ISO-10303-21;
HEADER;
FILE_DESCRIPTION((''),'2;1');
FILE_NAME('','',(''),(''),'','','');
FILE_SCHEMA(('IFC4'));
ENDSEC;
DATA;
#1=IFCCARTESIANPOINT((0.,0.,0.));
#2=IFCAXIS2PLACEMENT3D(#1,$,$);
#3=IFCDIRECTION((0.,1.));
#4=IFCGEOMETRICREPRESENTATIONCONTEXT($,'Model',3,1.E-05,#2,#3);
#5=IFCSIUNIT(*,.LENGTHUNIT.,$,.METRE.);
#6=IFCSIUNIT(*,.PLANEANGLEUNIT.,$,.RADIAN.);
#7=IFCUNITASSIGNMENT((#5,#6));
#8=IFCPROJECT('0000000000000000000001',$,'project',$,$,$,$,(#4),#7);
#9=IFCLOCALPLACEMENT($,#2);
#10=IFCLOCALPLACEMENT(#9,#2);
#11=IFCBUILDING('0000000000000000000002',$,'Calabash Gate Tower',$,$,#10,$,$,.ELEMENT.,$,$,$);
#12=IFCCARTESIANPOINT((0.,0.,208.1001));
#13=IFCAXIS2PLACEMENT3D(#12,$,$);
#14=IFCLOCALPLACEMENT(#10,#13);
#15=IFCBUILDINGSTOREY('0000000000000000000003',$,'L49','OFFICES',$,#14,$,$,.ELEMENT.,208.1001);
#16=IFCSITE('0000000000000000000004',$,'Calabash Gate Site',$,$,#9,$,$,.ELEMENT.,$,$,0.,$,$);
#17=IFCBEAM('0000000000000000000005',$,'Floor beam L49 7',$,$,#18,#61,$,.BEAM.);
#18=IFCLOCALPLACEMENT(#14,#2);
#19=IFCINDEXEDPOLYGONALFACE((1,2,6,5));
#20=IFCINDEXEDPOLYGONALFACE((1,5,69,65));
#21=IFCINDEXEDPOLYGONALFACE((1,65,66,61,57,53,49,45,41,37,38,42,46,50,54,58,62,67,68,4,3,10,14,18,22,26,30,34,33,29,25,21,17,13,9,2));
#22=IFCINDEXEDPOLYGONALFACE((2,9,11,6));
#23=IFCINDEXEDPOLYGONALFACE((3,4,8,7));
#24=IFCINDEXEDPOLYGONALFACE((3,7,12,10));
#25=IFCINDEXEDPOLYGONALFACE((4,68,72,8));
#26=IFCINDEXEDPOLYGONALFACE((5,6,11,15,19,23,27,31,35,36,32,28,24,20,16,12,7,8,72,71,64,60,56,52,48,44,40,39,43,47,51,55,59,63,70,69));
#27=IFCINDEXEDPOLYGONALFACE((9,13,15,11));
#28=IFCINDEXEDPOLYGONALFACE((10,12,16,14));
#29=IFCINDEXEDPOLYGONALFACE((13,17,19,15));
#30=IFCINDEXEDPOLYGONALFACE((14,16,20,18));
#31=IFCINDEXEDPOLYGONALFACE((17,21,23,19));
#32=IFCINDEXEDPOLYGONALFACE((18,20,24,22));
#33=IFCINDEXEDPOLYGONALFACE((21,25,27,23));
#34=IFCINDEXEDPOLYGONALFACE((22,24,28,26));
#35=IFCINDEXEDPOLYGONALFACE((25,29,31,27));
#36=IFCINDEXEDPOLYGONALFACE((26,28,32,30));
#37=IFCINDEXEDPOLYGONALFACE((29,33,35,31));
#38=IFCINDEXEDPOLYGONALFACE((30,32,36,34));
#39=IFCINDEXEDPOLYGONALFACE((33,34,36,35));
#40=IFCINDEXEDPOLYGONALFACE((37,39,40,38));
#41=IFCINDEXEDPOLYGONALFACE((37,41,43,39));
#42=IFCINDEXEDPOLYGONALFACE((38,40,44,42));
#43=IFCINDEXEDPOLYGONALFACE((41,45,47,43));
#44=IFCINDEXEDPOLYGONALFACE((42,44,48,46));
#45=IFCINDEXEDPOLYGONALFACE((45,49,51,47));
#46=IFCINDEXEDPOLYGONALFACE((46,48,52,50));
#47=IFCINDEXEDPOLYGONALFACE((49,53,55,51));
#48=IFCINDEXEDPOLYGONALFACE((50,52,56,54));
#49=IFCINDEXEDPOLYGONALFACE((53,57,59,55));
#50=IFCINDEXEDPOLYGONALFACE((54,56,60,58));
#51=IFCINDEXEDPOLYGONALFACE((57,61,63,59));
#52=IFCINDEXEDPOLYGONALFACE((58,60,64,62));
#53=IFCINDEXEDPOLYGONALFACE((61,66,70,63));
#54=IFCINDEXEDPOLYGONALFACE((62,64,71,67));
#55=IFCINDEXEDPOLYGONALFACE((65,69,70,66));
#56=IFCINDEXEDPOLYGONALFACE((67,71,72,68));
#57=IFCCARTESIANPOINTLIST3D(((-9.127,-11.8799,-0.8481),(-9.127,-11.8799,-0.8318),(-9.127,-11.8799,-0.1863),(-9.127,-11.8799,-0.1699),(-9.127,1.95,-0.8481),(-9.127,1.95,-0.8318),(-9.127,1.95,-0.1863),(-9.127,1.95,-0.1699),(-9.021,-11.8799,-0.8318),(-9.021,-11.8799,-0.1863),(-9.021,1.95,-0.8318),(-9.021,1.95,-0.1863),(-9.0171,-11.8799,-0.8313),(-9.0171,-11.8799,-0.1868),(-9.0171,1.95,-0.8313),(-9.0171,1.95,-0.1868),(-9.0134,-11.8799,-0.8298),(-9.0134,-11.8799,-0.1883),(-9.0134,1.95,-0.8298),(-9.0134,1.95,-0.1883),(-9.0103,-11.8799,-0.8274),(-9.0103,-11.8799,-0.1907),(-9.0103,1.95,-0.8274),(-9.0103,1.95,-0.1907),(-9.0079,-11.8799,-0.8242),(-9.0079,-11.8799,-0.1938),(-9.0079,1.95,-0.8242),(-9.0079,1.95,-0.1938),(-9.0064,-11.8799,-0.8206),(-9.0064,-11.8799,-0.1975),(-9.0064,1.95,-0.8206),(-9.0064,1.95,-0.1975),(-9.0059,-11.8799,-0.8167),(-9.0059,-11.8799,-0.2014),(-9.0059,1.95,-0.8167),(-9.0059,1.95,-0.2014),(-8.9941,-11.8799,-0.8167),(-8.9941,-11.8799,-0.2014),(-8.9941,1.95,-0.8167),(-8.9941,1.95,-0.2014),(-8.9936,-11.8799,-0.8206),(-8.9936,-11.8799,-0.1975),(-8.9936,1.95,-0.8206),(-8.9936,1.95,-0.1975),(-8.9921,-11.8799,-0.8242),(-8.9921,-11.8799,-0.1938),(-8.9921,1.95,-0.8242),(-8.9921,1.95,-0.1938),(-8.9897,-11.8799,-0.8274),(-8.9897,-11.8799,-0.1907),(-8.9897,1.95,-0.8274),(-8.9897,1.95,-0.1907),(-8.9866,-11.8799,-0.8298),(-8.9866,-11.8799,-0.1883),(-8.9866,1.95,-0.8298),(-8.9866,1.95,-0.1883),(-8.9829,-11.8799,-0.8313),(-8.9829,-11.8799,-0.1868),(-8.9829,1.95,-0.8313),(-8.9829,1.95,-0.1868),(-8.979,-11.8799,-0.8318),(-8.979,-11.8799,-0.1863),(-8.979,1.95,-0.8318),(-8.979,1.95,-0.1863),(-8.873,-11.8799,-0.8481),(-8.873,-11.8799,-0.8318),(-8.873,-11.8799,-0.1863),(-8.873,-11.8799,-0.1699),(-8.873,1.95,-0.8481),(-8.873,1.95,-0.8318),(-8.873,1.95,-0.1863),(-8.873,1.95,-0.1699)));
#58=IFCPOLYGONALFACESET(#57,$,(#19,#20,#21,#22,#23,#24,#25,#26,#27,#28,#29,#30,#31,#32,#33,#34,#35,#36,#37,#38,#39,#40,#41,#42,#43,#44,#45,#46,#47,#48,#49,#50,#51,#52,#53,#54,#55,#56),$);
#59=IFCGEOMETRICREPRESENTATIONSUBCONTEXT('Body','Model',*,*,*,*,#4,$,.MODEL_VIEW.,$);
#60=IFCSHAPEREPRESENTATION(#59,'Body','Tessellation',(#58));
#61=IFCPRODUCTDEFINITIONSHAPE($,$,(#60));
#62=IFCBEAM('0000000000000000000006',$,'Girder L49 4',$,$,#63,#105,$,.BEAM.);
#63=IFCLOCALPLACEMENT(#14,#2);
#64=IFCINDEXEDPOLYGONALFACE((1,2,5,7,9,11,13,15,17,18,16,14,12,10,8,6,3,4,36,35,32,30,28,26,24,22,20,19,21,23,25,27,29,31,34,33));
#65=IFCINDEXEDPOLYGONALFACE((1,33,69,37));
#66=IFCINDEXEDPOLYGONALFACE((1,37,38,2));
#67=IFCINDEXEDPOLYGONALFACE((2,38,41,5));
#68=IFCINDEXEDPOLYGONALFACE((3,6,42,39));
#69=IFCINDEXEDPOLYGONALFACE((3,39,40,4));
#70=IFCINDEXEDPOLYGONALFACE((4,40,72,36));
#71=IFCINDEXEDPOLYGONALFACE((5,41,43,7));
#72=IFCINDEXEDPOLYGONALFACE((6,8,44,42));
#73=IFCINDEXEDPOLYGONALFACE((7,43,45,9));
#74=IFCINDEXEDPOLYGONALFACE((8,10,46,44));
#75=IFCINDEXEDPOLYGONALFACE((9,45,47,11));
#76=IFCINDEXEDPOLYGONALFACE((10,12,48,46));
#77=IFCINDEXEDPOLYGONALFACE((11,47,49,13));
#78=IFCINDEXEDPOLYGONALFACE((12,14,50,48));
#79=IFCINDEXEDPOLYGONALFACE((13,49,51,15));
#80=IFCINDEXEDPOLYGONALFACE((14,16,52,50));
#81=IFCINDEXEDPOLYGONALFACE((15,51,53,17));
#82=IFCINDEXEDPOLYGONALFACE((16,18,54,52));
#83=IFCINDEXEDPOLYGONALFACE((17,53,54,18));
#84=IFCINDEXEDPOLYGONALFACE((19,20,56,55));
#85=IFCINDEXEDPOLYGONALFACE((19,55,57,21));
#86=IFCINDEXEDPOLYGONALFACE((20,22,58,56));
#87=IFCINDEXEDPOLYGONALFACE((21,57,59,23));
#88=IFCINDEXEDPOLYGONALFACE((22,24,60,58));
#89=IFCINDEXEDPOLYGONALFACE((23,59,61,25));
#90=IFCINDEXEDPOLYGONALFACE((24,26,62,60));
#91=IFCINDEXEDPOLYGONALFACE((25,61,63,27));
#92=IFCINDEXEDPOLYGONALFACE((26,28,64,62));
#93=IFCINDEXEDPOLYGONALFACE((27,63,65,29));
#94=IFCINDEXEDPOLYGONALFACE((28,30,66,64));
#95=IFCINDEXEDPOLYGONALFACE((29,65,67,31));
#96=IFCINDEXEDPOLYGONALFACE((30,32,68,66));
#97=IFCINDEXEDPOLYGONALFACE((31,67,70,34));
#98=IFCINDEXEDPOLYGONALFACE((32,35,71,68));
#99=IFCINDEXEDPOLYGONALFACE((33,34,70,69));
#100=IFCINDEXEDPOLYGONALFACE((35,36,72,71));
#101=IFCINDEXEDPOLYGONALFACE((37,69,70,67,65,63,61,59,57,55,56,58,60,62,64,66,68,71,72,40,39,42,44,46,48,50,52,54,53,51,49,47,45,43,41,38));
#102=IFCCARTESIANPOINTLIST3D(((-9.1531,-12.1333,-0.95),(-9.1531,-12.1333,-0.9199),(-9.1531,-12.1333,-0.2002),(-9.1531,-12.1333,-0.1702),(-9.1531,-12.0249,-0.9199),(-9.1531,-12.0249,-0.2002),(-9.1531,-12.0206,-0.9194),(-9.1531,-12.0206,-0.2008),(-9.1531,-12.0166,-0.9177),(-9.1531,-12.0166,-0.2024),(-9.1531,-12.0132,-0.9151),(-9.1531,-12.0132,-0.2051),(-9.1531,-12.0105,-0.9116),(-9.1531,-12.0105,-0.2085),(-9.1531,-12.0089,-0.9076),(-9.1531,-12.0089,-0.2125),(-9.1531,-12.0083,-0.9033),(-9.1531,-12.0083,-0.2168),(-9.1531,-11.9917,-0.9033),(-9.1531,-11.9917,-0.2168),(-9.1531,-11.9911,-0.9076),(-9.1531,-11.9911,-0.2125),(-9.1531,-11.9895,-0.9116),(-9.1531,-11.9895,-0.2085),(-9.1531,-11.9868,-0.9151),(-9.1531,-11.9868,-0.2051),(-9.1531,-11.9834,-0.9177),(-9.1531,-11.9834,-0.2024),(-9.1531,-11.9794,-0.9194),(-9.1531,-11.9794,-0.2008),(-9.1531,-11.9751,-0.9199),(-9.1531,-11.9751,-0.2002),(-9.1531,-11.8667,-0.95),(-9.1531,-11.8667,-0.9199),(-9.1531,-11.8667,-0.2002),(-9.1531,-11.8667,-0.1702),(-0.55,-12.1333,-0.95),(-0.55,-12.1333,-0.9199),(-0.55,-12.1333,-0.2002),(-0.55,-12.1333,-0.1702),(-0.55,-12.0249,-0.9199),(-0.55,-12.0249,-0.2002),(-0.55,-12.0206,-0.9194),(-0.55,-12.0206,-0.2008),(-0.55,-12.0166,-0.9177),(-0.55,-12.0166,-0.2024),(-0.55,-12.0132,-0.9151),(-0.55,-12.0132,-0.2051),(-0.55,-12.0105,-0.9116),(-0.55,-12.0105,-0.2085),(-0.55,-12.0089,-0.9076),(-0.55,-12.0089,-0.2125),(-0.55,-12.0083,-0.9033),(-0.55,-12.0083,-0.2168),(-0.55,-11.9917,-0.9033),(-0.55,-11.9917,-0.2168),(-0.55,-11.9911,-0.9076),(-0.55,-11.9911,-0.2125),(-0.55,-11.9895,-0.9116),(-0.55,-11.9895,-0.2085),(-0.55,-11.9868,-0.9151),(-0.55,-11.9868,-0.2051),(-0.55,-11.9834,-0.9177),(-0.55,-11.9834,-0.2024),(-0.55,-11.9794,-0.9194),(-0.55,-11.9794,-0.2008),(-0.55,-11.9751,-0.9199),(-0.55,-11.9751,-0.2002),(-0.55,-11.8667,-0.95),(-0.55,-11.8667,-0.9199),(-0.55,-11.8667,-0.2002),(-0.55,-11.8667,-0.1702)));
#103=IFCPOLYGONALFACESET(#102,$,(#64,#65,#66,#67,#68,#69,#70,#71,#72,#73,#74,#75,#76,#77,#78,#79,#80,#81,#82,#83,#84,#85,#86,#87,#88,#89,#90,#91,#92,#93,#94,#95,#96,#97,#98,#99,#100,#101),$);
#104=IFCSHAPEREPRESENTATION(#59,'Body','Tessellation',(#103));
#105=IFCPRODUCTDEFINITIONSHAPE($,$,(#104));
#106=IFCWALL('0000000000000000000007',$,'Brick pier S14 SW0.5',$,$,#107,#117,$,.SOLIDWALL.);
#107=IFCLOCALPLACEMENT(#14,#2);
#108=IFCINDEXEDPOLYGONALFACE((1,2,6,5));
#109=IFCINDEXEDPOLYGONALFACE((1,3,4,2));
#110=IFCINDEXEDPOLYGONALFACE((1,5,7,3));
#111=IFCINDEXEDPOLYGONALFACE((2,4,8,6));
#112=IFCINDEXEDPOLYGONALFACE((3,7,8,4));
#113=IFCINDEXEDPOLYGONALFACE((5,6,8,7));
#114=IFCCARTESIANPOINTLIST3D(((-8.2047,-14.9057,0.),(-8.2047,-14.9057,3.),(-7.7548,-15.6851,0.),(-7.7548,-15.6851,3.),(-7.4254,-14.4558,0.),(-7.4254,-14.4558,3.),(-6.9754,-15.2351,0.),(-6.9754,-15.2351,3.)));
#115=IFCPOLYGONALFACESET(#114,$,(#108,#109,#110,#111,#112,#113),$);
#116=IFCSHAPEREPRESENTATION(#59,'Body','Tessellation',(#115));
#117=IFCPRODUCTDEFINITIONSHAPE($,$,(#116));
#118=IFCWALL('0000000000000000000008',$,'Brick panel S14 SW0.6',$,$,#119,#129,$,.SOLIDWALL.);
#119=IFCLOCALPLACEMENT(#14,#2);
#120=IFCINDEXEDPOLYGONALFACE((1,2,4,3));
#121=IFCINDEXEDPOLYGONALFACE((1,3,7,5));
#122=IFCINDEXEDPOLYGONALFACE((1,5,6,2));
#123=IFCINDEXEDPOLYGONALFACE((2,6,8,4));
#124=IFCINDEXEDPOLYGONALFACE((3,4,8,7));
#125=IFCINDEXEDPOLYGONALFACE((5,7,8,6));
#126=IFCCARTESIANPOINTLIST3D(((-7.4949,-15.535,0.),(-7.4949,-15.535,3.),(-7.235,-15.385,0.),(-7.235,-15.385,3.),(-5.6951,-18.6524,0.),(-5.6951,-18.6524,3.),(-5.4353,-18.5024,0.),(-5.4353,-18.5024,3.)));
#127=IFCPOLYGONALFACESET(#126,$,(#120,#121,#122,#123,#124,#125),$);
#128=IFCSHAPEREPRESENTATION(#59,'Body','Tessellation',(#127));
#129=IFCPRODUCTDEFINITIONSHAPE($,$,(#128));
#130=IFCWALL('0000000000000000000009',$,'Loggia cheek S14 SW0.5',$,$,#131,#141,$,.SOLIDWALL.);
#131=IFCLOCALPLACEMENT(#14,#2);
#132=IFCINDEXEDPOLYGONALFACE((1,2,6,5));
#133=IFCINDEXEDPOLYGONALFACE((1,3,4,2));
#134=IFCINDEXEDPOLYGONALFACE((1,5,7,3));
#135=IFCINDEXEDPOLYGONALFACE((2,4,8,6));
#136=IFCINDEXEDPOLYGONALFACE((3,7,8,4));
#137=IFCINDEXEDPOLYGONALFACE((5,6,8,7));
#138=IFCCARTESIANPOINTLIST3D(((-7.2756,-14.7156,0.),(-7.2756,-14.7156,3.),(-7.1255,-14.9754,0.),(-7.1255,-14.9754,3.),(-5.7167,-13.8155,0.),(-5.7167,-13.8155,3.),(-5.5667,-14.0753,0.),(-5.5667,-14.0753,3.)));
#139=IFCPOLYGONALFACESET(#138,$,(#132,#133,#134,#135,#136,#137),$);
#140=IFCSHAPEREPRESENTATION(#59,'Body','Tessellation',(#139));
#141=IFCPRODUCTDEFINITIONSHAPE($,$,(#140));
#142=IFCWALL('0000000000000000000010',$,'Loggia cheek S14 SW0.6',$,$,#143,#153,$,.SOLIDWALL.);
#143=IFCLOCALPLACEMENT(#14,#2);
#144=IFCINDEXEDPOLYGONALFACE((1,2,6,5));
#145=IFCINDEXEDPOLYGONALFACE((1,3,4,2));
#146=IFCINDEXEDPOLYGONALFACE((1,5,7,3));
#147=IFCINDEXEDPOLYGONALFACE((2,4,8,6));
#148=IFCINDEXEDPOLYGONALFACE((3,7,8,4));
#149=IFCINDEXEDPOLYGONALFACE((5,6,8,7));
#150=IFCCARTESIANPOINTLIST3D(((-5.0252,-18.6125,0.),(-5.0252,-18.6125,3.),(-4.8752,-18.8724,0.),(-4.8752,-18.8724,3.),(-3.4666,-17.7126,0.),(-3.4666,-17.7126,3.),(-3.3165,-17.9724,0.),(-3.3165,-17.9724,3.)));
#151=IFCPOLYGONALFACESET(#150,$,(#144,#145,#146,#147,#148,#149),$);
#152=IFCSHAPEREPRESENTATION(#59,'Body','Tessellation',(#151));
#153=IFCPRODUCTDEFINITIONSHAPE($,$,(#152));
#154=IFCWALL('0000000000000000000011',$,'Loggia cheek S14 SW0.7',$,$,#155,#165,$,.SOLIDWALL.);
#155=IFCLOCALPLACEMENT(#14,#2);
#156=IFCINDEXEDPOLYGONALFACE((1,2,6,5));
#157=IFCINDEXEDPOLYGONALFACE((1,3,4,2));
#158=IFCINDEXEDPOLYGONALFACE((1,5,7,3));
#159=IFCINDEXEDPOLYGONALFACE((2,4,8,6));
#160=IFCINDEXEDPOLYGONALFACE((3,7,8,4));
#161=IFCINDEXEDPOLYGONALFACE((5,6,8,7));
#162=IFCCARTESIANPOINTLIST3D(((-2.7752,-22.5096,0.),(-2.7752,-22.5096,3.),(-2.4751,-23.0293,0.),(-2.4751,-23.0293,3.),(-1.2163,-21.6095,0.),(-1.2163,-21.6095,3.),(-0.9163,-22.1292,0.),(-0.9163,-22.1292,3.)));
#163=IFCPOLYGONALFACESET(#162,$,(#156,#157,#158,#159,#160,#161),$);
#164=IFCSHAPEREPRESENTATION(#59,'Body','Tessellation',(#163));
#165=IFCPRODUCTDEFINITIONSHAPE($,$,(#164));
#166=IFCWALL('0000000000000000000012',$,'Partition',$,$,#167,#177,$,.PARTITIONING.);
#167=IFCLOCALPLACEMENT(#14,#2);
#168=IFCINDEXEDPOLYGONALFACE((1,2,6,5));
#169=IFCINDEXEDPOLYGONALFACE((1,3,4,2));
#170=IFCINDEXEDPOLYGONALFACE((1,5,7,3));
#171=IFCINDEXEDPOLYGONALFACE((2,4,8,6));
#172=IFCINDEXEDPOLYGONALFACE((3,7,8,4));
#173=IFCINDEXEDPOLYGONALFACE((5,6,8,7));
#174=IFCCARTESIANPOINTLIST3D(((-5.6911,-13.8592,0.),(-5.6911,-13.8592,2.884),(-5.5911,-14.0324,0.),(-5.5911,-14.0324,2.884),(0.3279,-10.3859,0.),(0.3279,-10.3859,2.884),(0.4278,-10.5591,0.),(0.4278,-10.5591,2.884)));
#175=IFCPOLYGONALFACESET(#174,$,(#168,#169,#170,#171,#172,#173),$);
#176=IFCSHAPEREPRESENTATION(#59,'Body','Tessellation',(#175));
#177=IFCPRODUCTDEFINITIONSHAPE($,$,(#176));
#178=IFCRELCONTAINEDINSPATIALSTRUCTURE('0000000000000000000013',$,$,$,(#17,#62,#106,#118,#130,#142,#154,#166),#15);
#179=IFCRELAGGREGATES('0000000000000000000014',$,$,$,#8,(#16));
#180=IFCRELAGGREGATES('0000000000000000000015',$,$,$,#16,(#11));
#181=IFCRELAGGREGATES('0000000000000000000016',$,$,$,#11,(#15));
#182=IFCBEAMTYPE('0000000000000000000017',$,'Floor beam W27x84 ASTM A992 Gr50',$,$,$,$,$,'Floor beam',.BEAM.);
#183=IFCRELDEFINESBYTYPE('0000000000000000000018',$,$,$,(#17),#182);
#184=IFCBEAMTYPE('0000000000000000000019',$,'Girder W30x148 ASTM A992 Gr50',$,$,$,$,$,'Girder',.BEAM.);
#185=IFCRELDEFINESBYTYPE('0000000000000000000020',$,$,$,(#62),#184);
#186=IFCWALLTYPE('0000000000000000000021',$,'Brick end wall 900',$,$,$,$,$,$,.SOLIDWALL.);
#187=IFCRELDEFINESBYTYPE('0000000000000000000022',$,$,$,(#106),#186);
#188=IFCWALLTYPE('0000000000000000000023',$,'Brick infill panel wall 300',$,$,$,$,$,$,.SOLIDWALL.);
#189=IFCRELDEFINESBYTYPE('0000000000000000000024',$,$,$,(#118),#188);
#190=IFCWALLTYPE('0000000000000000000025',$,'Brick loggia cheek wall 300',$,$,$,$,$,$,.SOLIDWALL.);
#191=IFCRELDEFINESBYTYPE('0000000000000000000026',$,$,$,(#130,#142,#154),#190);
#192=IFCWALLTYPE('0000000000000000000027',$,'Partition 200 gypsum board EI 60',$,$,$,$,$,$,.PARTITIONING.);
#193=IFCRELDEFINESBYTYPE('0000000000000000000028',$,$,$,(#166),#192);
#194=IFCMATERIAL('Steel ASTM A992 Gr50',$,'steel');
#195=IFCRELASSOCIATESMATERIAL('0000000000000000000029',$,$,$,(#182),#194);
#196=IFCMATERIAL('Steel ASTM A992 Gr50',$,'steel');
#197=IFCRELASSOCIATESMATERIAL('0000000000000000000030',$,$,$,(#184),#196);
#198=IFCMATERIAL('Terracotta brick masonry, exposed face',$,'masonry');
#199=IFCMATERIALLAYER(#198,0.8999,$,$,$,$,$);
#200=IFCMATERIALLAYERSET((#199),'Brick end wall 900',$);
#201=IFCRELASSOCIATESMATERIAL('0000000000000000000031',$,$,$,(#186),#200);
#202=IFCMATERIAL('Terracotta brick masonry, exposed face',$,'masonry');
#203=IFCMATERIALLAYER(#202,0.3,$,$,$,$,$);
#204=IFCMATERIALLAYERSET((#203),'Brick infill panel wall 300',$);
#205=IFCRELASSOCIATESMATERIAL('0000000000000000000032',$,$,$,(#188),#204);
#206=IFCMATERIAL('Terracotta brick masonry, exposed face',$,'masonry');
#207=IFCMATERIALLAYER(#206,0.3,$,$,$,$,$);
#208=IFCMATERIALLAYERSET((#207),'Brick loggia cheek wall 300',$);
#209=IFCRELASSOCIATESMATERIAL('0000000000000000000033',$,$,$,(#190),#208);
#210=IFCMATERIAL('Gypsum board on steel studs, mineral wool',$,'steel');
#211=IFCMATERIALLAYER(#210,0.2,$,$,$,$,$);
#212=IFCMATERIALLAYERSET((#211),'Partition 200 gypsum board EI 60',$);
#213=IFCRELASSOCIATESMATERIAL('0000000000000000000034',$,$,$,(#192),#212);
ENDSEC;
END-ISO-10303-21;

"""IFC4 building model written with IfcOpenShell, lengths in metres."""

from ifc_helpers import new_model, si_unit, direction, frame, frame_2d, origin, origin_2d, place, context, subcontext, project, spatial, rectangle, i_section, extrude, material, layer, layer_set, material_profile, profile_set, type_object, element, save


model = new_model("IFC4")

# Units and contexts
model_context = context("Model", 3, precision=1e-05, world=origin(), true_north=direction((0.0, 1.0)))
body_context = subcontext(model_context, "Body", "Model", "MODEL_VIEW")
ifc_project = project(units=[si_unit("LENGTHUNIT", "METRE"), si_unit("PLANEANGLEUNIT", "RADIAN")], contexts=[model_context])

# Site, building, storey
site_placement = place(None, origin())
site = spatial("IfcSite", under=ifc_project, at=site_placement, Name="Calabash Gate Site", CompositionType="ELEMENT", RefElevation=0.0)
building_placement = place(site_placement, origin())
building = spatial("IfcBuilding", under=site, at=building_placement, Name="Calabash Gate Tower", CompositionType="ELEMENT")
storey_placement = place(building_placement, frame((0.0, 0.0, 208.1001)))
storey = spatial("IfcBuildingStorey", under=building, at=storey_placement, Name="L49", Description="OFFICES", CompositionType="ELEMENT", Elevation=208.1001)

# Beams
ifc_material_1 = material(Name="Steel ASTM A992 Gr50", Category="steel")
ifc_material_profile_1 = material_profile(ifc_material_1, i_section(OverallWidth=0.2539, OverallDepth=0.6782, WebThickness=0.0117, FlangeThickness=0.0164, FilletRadius=0.0151, at=origin_2d()))
ifc_profile_set_1 = profile_set([ifc_material_profile_1], Name="Steel ASTM A992 Gr50")
beam_type_1 = type_object("IfcBeamType", Name="Floor beam W27x84 ASTM A992 Gr50", ElementType="Floor beam", PredefinedType="BEAM", material=ifc_profile_set_1)
beam_1_placement = place(storey_placement, frame((-9.0, -11.8799, -0.509), z_axis=(0.0, 1.0, 0.0), x_axis=(-1.0, 0.0, 0.0)))
element("IfcBeam", 1, at=beam_1_placement, inside=storey, type_object=beam_type_1, Name="Floor beam L49 7", PredefinedType="BEAM", context=body_context, shape_type="SweptSolid", body=[
    extrude(i_section(OverallWidth=0.2539, OverallDepth=0.6782, WebThickness=0.0117, FlangeThickness=0.0164, FilletRadius=0.0151, at=origin_2d()), origin(), (0.0, 0.0, 1.0), 13.8298),
])
ifc_material_2 = material(Name="Steel ASTM A992 Gr50", Category="steel")
ifc_material_profile_2 = material_profile(ifc_material_2, i_section(OverallWidth=0.2666, OverallDepth=0.7798, WebThickness=0.0166, FlangeThickness=0.03, FilletRadius=0.0166, at=origin_2d()))
ifc_profile_set_2 = profile_set([ifc_material_profile_2], Name="Steel ASTM A992 Gr50")
beam_type_2 = type_object("IfcBeamType", Name="Girder W30x148 ASTM A992 Gr50", ElementType="Girder", PredefinedType="BEAM", material=ifc_profile_set_2)
beam_2_placement = place(storey_placement, frame((-9.1531, -12.0, -0.5601), z_axis=(1.0, 0.0, 0.0), x_axis=(0.0, 1.0, 0.0)))
element("IfcBeam", 2, at=beam_2_placement, inside=storey, type_object=beam_type_2, Name="Girder L49 4", PredefinedType="BEAM", context=body_context, shape_type="SweptSolid", body=[
    extrude(i_section(OverallWidth=0.2666, OverallDepth=0.7798, WebThickness=0.0166, FlangeThickness=0.03, FilletRadius=0.0166, at=origin_2d()), origin(), (0.0, 0.0, 1.0), 8.603),
])

# Walls
ifc_material_3 = material(Name="Terracotta brick masonry, exposed face", Category="masonry")
ifc_layer_1 = layer(ifc_material_3, 0.8999)
ifc_layer_set_1 = layer_set([ifc_layer_1], Name="Brick end wall 900")
wall_type_1 = type_object("IfcWallType", Name="Brick end wall 900", PredefinedType="SOLIDWALL", material=ifc_layer_set_1)
wall_1_placement = place(storey_placement, frame((-7.9797, -15.2954, 0.0), z_axis=(0.0, 0.0, 1.0), x_axis=(0.866014, 0.50002, 0.0)))
element("IfcWall", 3, at=wall_1_placement, inside=storey, type_object=wall_type_1, Name="Brick pier S14 SW0.5", PredefinedType="SOLIDWALL", context=body_context, shape_type="SweptSolid", body=[
    extrude(rectangle(XDim=0.8999, YDim=0.8999, at=frame_2d((0.45, 0.0))), origin(), (0.0, 0.0, 1.0), 3.0),
])
ifc_material_4 = material(Name="Terracotta brick masonry, exposed face", Category="masonry")
ifc_layer_2 = layer(ifc_material_4, 0.3)
ifc_layer_set_2 = layer_set([ifc_layer_2], Name="Brick infill panel wall 300")
wall_type_2 = type_object("IfcWallType", Name="Brick infill panel wall 300", PredefinedType="SOLIDWALL", material=ifc_layer_set_2)
wall_2_placement = place(storey_placement, frame((-5.5652, -18.5774, 0.0), z_axis=(0.0, 0.0, 1.0), x_axis=(-0.499991, 0.866031, 0.0)))
element("IfcWall", 4, at=wall_2_placement, inside=storey, type_object=wall_type_2, Name="Brick panel S14 SW0.6", PredefinedType="SOLIDWALL", context=body_context, shape_type="SweptSolid", body=[
    extrude(rectangle(XDim=3.5996, YDim=0.3, at=frame_2d((1.7998, 0.0))), origin(), (0.0, 0.0, 1.0), 3.0),
])
ifc_material_5 = material(Name="Terracotta brick masonry, exposed face", Category="masonry")
ifc_layer_3 = layer(ifc_material_5, 0.3)
ifc_layer_set_3 = layer_set([ifc_layer_3], Name="Brick loggia cheek wall 300")
wall_type_3 = type_object("IfcWallType", Name="Brick loggia cheek wall 300", PredefinedType="SOLIDWALL", material=ifc_layer_set_3)
wall_3_placement = place(storey_placement, frame((-7.2004, -14.8455, 0.0), z_axis=(0.0, 0.0, 1.0), x_axis=(0.865989, 0.500063, 0.0)))
element("IfcWall", 5, at=wall_3_placement, inside=storey, type_object=wall_type_3, Name="Loggia cheek S14 SW0.5", PredefinedType="SOLIDWALL", context=body_context, shape_type="SweptSolid", body=[
    extrude(rectangle(XDim=1.8, YDim=0.3, at=frame_2d((0.8999, 0.0))), origin(), (0.0, 0.0, 1.0), 3.0),
])
wall_4_placement = place(storey_placement, frame((-4.9502, -18.7424, 0.0), z_axis=(0.0, 0.0, 1.0), x_axis=(0.866014, 0.50002, 0.0)))
element("IfcWall", 6, at=wall_4_placement, inside=storey, type_object=wall_type_3, Name="Loggia cheek S14 SW0.6", PredefinedType="SOLIDWALL", context=body_context, shape_type="SweptSolid", body=[
    extrude(rectangle(XDim=1.7998, YDim=0.3, at=frame_2d((0.8999, 0.0))), origin(), (0.0, 0.0, 1.0), 3.0),
])
wall_5_placement = place(storey_placement, frame((-1.0664, -21.8694, 0.0), z_axis=(0.0, 0.0, 1.0), x_axis=(-0.865989, -0.500063, 0.0)))
element("IfcWall", 7, at=wall_5_placement, inside=storey, type_object=wall_type_3, Name="Loggia cheek S14 SW0.7", PredefinedType="SOLIDWALL", context=body_context, shape_type="SweptSolid", body=[
    extrude(rectangle(XDim=1.8, YDim=0.6001, at=frame_2d((0.8999, 0.0))), origin(), (0.0, 0.0, 1.0), 3.0),
])
ifc_material_6 = material(Name="Gypsum board on steel studs, mineral wool", Category="steel")
ifc_layer_4 = layer(ifc_material_6, 0.2)
ifc_layer_set_4 = layer_set([ifc_layer_4], Name="Partition 200 gypsum board EI 60")
wall_type_4 = type_object("IfcWallType", Name="Partition 200 gypsum board EI 60", PredefinedType="PARTITIONING", material=ifc_layer_set_4)
wall_6_placement = place(storey_placement, frame((-5.6411, -13.9458, 0.0), z_axis=(0.0, 0.0, 1.0), x_axis=(0.866132, 0.499816, 0.0)))
element("IfcWall", 8, at=wall_6_placement, inside=storey, type_object=wall_type_4, Name="Partition", PredefinedType="PARTITIONING", context=body_context, shape_type="SweptSolid", body=[
    extrude(rectangle(XDim=6.9492, YDim=0.2, at=frame_2d((3.4746, 0.0))), origin(), (0.0, 0.0, 1.0), 2.884),
])

save(model, "model.ifc")
